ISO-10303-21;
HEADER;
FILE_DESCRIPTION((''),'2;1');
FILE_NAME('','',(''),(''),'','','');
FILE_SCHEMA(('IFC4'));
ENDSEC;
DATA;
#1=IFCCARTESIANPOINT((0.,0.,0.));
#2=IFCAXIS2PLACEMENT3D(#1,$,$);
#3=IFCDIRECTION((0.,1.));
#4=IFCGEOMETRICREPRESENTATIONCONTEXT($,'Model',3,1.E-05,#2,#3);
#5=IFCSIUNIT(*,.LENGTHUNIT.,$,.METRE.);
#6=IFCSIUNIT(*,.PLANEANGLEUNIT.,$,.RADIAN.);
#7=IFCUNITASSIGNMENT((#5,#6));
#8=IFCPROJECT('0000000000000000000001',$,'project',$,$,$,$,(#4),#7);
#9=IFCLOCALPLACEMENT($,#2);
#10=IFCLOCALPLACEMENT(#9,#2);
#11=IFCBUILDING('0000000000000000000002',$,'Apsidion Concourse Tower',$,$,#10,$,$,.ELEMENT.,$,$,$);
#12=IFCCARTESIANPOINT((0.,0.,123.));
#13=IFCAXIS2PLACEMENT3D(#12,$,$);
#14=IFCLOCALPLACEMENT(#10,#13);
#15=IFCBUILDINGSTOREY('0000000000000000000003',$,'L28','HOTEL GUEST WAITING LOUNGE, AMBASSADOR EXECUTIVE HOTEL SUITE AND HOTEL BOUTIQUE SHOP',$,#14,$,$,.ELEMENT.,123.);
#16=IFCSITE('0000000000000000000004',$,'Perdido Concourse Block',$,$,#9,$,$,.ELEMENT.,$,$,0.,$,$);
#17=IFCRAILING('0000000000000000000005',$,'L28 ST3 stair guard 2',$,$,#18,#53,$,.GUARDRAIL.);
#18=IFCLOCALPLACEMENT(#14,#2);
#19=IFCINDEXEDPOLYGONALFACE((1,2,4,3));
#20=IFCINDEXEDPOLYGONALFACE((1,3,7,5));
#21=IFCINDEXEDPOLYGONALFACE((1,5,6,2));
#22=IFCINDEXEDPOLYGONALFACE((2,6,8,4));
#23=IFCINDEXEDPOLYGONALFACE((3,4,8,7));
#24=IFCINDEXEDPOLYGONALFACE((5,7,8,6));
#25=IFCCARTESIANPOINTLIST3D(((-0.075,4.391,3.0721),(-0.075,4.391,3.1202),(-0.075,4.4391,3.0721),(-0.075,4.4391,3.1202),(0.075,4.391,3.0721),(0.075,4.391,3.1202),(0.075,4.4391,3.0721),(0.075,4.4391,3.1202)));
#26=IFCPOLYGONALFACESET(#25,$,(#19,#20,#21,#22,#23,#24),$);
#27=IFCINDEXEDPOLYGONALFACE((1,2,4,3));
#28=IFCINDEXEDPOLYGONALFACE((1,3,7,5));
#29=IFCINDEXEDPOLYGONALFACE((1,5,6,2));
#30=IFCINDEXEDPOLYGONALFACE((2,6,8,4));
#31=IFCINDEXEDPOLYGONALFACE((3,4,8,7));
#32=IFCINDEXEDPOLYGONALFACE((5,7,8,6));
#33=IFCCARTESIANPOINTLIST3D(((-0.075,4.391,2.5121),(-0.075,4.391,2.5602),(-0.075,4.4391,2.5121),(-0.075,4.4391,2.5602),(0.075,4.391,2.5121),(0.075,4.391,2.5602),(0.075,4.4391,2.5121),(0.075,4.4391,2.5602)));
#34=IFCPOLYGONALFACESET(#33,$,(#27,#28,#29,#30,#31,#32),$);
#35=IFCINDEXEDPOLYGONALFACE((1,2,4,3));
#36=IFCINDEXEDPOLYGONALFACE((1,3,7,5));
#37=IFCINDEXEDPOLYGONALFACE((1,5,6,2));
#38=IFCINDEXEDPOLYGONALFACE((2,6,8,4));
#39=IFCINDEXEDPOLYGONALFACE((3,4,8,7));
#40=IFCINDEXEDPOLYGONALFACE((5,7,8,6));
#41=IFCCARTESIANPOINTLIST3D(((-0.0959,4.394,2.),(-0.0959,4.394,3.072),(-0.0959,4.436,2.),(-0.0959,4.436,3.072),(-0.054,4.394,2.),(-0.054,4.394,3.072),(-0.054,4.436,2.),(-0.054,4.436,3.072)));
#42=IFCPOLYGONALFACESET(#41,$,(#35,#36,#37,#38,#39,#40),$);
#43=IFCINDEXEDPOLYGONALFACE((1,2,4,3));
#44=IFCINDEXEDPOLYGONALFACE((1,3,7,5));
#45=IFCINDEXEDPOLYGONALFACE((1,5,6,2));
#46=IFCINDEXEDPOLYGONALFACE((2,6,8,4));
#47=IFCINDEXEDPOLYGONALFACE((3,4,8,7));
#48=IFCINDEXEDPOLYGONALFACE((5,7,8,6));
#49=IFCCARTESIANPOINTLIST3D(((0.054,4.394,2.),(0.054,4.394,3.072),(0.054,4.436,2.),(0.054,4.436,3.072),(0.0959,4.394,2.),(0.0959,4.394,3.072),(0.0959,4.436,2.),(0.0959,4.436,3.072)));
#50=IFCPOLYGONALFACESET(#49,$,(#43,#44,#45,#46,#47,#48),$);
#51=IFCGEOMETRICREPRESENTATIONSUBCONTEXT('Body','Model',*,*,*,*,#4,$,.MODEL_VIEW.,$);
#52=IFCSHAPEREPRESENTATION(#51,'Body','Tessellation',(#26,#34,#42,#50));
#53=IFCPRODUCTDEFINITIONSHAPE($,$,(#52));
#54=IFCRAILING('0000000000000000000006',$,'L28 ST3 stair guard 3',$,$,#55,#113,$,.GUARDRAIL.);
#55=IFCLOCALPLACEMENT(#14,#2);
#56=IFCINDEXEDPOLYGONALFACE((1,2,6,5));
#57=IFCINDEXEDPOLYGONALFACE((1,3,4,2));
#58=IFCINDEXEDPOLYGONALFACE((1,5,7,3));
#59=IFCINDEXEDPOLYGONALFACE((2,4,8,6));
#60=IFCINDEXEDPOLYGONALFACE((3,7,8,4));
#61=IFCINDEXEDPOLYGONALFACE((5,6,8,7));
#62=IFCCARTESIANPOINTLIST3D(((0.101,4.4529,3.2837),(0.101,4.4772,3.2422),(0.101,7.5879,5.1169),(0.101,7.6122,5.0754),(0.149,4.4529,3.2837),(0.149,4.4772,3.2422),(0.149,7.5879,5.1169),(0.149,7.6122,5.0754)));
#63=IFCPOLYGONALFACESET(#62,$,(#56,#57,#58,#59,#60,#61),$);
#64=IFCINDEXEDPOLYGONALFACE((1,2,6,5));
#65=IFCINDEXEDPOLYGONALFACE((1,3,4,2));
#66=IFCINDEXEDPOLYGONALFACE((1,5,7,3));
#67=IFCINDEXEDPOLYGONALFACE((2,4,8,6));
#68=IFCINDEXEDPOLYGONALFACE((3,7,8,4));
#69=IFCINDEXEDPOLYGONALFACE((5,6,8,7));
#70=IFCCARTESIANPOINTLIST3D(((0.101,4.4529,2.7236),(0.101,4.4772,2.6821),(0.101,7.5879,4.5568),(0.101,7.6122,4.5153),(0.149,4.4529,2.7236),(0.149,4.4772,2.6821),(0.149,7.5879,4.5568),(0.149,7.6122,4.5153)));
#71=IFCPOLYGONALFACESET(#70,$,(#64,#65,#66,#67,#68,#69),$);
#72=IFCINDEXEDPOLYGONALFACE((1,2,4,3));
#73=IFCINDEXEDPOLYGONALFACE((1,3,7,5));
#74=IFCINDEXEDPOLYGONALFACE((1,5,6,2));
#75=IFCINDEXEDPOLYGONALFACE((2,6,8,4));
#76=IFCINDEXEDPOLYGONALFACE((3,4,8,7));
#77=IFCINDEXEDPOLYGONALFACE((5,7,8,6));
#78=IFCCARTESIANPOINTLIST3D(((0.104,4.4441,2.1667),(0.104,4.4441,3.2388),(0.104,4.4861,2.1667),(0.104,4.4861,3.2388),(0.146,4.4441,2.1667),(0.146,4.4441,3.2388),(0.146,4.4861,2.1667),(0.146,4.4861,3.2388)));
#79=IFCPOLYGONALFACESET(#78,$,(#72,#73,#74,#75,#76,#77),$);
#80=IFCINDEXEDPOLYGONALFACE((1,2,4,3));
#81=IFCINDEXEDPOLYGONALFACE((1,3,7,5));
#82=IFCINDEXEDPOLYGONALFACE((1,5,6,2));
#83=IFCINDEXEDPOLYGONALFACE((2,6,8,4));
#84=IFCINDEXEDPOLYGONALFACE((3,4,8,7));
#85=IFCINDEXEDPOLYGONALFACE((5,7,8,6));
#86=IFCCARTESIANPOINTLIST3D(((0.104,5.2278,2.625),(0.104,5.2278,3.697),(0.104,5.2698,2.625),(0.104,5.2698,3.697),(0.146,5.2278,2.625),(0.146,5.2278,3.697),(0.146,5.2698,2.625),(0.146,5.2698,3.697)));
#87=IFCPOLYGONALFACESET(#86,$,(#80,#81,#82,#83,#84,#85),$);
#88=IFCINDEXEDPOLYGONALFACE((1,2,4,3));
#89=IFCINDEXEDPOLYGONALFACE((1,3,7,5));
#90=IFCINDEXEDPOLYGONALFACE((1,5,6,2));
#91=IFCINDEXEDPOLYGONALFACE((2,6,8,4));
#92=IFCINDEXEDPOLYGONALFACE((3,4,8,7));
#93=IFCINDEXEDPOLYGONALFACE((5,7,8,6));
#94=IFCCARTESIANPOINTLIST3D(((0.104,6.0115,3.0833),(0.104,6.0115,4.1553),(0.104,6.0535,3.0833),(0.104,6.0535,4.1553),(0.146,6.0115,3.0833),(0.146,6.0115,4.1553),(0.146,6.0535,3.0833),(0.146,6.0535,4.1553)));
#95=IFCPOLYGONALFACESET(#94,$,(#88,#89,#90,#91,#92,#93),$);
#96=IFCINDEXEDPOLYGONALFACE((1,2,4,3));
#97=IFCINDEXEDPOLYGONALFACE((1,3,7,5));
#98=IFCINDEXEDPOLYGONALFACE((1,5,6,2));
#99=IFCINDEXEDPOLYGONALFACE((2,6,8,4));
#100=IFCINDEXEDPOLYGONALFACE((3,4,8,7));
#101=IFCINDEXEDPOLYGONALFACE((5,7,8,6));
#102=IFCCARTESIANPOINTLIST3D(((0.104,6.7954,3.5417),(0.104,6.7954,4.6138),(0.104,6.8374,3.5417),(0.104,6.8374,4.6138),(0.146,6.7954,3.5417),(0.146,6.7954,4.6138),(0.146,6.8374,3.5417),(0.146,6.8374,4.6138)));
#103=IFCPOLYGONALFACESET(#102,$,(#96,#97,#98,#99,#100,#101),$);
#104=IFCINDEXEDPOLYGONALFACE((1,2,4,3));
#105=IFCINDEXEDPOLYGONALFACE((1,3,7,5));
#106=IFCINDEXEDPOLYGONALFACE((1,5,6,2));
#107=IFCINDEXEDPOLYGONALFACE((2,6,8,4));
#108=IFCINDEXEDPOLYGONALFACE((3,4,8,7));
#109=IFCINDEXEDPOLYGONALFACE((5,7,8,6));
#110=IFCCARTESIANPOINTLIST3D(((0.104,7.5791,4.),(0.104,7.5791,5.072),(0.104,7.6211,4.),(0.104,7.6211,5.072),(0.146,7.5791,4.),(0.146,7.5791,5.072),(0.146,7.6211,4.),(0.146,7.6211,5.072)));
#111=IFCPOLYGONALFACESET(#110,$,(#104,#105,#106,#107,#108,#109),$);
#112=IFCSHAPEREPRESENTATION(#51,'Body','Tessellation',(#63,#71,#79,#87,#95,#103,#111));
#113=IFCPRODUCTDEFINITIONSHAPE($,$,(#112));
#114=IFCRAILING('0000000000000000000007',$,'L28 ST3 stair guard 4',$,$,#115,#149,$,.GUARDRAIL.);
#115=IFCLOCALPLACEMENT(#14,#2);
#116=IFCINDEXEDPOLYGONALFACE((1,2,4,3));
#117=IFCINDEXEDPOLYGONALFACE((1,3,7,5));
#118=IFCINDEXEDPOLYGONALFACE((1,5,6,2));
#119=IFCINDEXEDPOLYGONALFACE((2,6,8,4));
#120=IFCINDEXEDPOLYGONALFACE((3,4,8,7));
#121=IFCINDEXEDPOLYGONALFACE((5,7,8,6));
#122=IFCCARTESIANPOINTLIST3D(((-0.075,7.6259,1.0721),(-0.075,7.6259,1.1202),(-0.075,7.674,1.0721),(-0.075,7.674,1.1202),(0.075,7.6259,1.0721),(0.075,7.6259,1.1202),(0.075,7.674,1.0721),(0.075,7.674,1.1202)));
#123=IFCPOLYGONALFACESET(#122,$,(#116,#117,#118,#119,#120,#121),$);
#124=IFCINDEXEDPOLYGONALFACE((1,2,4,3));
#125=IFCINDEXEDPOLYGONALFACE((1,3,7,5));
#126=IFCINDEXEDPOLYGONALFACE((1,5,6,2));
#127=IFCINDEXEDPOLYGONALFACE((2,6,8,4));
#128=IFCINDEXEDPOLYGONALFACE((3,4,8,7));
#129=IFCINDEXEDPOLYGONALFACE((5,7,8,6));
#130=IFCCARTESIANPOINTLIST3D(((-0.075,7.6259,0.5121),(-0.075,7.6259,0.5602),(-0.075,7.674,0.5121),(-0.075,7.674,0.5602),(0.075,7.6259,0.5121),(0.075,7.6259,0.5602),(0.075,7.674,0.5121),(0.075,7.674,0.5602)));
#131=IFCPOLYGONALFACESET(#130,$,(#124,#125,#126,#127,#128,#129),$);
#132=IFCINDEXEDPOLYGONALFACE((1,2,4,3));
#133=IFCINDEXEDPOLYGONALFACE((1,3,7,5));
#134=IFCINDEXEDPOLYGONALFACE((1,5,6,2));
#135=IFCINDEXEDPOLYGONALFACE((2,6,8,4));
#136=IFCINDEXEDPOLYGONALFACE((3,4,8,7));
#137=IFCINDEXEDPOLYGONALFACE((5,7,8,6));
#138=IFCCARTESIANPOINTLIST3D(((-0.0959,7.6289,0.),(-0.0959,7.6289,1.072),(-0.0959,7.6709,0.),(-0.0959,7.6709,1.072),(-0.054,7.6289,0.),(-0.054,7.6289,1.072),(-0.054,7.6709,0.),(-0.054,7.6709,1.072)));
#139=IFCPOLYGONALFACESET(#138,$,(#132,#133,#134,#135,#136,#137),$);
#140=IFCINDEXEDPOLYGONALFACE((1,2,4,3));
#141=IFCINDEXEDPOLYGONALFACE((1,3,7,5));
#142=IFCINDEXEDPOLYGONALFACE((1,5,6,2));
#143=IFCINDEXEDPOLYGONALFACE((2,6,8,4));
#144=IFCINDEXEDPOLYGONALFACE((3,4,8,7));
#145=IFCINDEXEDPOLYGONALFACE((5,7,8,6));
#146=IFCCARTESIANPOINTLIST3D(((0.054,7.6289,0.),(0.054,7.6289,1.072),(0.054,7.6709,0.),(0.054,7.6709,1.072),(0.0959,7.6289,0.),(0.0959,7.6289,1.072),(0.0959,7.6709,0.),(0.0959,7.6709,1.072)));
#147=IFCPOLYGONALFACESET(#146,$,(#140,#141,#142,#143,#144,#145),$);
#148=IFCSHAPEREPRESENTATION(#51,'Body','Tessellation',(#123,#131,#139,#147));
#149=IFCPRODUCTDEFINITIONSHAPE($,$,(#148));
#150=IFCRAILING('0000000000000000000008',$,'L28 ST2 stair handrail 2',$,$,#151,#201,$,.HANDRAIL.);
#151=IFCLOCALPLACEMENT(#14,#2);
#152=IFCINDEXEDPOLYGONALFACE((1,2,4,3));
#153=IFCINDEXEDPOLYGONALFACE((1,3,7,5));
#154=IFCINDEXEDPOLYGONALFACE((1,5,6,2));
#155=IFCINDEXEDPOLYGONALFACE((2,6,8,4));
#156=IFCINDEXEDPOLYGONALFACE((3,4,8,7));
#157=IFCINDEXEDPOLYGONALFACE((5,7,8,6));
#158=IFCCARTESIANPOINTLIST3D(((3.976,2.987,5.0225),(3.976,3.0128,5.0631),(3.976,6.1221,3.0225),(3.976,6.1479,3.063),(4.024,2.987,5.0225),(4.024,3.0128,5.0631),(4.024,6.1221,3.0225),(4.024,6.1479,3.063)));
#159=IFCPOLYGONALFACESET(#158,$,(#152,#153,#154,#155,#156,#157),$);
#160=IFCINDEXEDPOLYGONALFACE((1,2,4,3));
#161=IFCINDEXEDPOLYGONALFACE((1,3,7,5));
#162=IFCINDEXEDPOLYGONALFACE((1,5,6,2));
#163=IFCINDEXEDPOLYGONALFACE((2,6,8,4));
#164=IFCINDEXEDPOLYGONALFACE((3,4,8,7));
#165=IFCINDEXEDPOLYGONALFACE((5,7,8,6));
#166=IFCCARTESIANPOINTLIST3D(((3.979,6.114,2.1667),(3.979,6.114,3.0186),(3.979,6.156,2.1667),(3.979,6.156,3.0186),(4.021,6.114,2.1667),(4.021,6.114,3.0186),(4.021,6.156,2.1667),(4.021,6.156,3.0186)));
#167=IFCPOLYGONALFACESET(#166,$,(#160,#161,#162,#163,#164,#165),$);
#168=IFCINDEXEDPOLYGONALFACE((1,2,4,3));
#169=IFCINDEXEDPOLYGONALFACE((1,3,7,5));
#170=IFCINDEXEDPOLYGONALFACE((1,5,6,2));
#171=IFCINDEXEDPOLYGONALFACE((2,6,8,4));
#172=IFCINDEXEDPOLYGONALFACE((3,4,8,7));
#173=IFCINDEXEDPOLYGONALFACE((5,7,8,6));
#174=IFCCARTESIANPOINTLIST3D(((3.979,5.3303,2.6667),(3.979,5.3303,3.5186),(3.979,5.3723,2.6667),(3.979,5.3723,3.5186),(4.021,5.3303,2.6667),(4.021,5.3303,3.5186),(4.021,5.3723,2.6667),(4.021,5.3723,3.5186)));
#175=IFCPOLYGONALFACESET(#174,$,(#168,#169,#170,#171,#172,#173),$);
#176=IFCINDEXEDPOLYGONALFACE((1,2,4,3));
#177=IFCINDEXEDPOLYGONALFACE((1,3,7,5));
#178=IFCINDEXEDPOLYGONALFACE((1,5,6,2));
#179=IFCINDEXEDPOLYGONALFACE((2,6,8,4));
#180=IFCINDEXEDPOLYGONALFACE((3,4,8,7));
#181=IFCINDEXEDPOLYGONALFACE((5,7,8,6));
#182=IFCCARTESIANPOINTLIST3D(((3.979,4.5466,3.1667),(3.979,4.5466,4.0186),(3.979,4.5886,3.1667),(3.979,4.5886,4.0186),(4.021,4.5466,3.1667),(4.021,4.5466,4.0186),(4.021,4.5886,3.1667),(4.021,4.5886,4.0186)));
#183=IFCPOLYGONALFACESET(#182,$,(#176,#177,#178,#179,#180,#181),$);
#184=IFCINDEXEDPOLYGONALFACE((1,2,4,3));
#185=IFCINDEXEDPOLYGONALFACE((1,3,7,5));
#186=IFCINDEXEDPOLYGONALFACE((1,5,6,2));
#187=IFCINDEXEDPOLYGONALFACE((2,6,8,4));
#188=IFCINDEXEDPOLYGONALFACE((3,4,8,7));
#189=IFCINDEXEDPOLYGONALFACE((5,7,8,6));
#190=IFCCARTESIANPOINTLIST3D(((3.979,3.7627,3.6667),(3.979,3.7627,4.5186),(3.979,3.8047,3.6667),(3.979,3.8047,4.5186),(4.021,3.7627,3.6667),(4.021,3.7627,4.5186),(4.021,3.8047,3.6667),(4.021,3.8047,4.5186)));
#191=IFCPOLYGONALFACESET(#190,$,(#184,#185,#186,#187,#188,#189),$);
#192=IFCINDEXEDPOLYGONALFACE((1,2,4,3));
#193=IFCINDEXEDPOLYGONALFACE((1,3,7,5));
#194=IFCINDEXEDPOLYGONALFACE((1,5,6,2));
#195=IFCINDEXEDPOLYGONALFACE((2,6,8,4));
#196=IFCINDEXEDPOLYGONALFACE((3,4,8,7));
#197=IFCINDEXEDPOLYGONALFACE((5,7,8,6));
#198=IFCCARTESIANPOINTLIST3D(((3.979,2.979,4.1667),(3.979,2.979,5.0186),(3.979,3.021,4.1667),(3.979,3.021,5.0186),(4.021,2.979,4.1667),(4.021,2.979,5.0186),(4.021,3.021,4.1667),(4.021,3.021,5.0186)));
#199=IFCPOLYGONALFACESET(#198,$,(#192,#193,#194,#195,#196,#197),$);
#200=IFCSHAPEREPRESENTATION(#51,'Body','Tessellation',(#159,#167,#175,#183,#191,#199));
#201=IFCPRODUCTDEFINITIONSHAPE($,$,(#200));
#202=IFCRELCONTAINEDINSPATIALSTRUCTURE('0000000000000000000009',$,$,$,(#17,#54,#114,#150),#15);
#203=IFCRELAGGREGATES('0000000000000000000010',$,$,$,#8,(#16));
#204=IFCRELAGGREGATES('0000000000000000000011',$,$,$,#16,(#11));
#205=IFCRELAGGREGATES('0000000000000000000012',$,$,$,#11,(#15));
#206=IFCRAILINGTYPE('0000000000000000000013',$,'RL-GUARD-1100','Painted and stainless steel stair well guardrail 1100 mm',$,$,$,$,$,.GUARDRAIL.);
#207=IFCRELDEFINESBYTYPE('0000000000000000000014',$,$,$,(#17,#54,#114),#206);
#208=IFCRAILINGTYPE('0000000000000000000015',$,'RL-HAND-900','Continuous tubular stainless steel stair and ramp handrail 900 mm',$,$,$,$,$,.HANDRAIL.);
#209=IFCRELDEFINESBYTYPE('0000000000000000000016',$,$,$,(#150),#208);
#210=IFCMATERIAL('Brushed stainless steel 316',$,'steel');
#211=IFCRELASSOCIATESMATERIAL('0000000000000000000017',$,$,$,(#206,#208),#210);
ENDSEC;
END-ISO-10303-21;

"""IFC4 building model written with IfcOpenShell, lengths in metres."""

from ifc_helpers import new_model, si_unit, direction, frame, origin, origin_2d, place, context, subcontext, project, spatial, rectangle, extrude, material, type_object, element, save


model = new_model("IFC4")

# Units and contexts
model_context = context("Model", 3, precision=1e-05, world=origin(), true_north=direction((0.0, 1.0)))
body_context = subcontext(model_context, "Body", "Model", "MODEL_VIEW")
ifc_project = project(units=[si_unit("LENGTHUNIT", "METRE"), si_unit("PLANEANGLEUNIT", "RADIAN")], contexts=[model_context])

# Site, building, storey
site_placement = place(None, origin())
site = spatial("IfcSite", under=ifc_project, at=site_placement, Name="Perdido Concourse Block", CompositionType="ELEMENT", RefElevation=0.0)
building_placement = place(site_placement, origin())
building = spatial("IfcBuilding", under=site, at=building_placement, Name="Apsidion Concourse Tower", CompositionType="ELEMENT")
storey_placement = place(building_placement, frame((0.0, 0.0, 123.0)))
storey = spatial("IfcBuildingStorey", under=building, at=storey_placement, Name="L28", Description="HOTEL GUEST WAITING LOUNGE, AMBASSADOR EXECUTIVE HOTEL SUITE AND HOTEL BOUTIQUE SHOP", CompositionType="ELEMENT", Elevation=123.0)

# Railings
ifc_material_1 = material(Name="Brushed stainless steel 316", Category="steel")
railing_type_1 = type_object("IfcRailingType", Name="RL-GUARD-1100", Description="Painted and stainless steel stair well guardrail 1100 mm", PredefinedType="GUARDRAIL", material=ifc_material_1)
railing_1_placement = place(storey_placement, frame((-0.075, 4.415, 2.0)))
element("IfcRailing", 1, at=railing_1_placement, inside=storey, type_object=railing_type_1, Name="L28 ST3 stair guard 2", PredefinedType="GUARDRAIL", context=body_context, shape_type="SweptSolid", body=[
    extrude(rectangle(XDim=0.0481, YDim=0.0481, at=origin_2d()), frame((0.0, 0.0, 1.0962), z_axis=(1.0, 0.0, 0.0), x_axis=(0.0, 1.0, 0.0)), (0.0, 0.0, 1.0), 0.1499),
    extrude(rectangle(XDim=0.0481, YDim=0.0481, at=origin_2d()), frame((0.0, 0.0, 0.5361), z_axis=(1.0, 0.0, 0.0), x_axis=(0.0, 1.0, 0.0)), (0.0, 0.0, 1.0), 0.1499),
    extrude(rectangle(XDim=0.042, YDim=0.042, at=origin_2d()), origin(), (0.0, 0.0, 1.0), 1.072),
    extrude(rectangle(XDim=0.042, YDim=0.042, at=origin_2d()), frame((0.1499, 0.0, 0.0)), (0.0, 0.0, 1.0), 1.072),
])
railing_2_placement = place(storey_placement, frame((0.125, 4.4651, 2.1667)))
element("IfcRailing", 2, at=railing_2_placement, inside=storey, type_object=railing_type_1, Name="L28 ST3 stair guard 3", PredefinedType="GUARDRAIL", context=body_context, shape_type="SweptSolid", body=[
    extrude(rectangle(XDim=0.0481, YDim=0.0481, at=origin_2d()), frame((0.0, 0.0, 1.0962), z_axis=(0.0, 0.86324, 0.504794), x_axis=(-1.0, 0.0, 0.0)), (0.0, 0.0, 1.0), 3.6316),
    extrude(rectangle(XDim=0.0481, YDim=0.0481, at=origin_2d()), frame((0.0, 0.0, 0.5361), z_axis=(0.0, 0.86324, 0.504794), x_axis=(-1.0, 0.0, 0.0)), (0.0, 0.0, 1.0), 3.6316),
    extrude(rectangle(XDim=0.042, YDim=0.042, at=origin_2d()), origin(), (0.0, 0.0, 1.0), 1.072),
    extrude(rectangle(XDim=0.042, YDim=0.042, at=origin_2d()), frame((0.0, 0.7837, 0.4583)), (0.0, 0.0, 1.0), 1.072),
    extrude(rectangle(XDim=0.042, YDim=0.042, at=origin_2d()), frame((0.0, 1.5674, 0.9165)), (0.0, 0.0, 1.0), 1.072),
    extrude(rectangle(XDim=0.042, YDim=0.042, at=origin_2d()), frame((0.0, 2.3513, 1.375)), (0.0, 0.0, 1.0), 1.072),
    extrude(rectangle(XDim=0.042, YDim=0.042, at=origin_2d()), frame((0.0, 3.135, 1.8333)), (0.0, 0.0, 1.0), 1.072),
])
railing_3_placement = place(storey_placement, frame((-0.075, 7.6499, 0.0)))
element("IfcRailing", 3, at=railing_3_placement, inside=storey, type_object=railing_type_1, Name="L28 ST3 stair guard 4", PredefinedType="GUARDRAIL", context=body_context, shape_type="SweptSolid", body=[
    extrude(rectangle(XDim=0.0481, YDim=0.0481, at=origin_2d()), frame((0.0, 0.0, 1.0962), z_axis=(1.0, 0.0, 0.0), x_axis=(0.0, 1.0, 0.0)), (0.0, 0.0, 1.0), 0.1499),
    extrude(rectangle(XDim=0.0481, YDim=0.0481, at=origin_2d()), frame((0.0, 0.0, 0.5361), z_axis=(1.0, 0.0, 0.0), x_axis=(0.0, 1.0, 0.0)), (0.0, 0.0, 1.0), 0.1499),
    extrude(rectangle(XDim=0.042, YDim=0.042, at=origin_2d()), origin(), (0.0, 0.0, 1.0), 1.072),
    extrude(rectangle(XDim=0.042, YDim=0.042, at=origin_2d()), frame((0.1499, 0.0, 0.0)), (0.0, 0.0, 1.0), 1.072),
])
railing_type_2 = type_object("IfcRailingType", Name="RL-HAND-900", Description="Continuous tubular stainless steel stair and ramp handrail 900 mm", PredefinedType="HANDRAIL", material=ifc_material_1)
railing_4_placement = place(storey_placement, frame((4.0, 6.135, 2.1667)))
element("IfcRailing", 4, at=railing_4_placement, inside=storey, type_object=railing_type_2, Name="L28 ST2 stair handrail 2", PredefinedType="HANDRAIL", context=body_context, shape_type="SweptSolid", body=[
    extrude(rectangle(XDim=0.0481, YDim=0.0481, at=origin_2d()), frame((0.0, 0.0, 0.876), z_axis=(0.0, -0.843053, 0.537831), x_axis=(1.0, 0.0, 0.0)), (0.0, 0.0, 1.0), 3.7188),
    extrude(rectangle(XDim=0.042, YDim=0.042, at=origin_2d()), origin(), (0.0, 0.0, 1.0), 0.8518),
    extrude(rectangle(XDim=0.042, YDim=0.042, at=origin_2d()), frame((0.0, -0.7837, 0.5)), (0.0, 0.0, 1.0), 0.8518),
    extrude(rectangle(XDim=0.042, YDim=0.042, at=origin_2d()), frame((0.0, -1.5674, 1.0)), (0.0, 0.0, 1.0), 0.8518),
    extrude(rectangle(XDim=0.042, YDim=0.042, at=origin_2d()), frame((0.0, -2.3513, 1.5)), (0.0, 0.0, 1.0), 0.8518),
    extrude(rectangle(XDim=0.042, YDim=0.042, at=origin_2d()), frame((0.0, -3.135, 2.0)), (0.0, 0.0, 1.0), 0.8518),
])

save(model, "model.ifc")
